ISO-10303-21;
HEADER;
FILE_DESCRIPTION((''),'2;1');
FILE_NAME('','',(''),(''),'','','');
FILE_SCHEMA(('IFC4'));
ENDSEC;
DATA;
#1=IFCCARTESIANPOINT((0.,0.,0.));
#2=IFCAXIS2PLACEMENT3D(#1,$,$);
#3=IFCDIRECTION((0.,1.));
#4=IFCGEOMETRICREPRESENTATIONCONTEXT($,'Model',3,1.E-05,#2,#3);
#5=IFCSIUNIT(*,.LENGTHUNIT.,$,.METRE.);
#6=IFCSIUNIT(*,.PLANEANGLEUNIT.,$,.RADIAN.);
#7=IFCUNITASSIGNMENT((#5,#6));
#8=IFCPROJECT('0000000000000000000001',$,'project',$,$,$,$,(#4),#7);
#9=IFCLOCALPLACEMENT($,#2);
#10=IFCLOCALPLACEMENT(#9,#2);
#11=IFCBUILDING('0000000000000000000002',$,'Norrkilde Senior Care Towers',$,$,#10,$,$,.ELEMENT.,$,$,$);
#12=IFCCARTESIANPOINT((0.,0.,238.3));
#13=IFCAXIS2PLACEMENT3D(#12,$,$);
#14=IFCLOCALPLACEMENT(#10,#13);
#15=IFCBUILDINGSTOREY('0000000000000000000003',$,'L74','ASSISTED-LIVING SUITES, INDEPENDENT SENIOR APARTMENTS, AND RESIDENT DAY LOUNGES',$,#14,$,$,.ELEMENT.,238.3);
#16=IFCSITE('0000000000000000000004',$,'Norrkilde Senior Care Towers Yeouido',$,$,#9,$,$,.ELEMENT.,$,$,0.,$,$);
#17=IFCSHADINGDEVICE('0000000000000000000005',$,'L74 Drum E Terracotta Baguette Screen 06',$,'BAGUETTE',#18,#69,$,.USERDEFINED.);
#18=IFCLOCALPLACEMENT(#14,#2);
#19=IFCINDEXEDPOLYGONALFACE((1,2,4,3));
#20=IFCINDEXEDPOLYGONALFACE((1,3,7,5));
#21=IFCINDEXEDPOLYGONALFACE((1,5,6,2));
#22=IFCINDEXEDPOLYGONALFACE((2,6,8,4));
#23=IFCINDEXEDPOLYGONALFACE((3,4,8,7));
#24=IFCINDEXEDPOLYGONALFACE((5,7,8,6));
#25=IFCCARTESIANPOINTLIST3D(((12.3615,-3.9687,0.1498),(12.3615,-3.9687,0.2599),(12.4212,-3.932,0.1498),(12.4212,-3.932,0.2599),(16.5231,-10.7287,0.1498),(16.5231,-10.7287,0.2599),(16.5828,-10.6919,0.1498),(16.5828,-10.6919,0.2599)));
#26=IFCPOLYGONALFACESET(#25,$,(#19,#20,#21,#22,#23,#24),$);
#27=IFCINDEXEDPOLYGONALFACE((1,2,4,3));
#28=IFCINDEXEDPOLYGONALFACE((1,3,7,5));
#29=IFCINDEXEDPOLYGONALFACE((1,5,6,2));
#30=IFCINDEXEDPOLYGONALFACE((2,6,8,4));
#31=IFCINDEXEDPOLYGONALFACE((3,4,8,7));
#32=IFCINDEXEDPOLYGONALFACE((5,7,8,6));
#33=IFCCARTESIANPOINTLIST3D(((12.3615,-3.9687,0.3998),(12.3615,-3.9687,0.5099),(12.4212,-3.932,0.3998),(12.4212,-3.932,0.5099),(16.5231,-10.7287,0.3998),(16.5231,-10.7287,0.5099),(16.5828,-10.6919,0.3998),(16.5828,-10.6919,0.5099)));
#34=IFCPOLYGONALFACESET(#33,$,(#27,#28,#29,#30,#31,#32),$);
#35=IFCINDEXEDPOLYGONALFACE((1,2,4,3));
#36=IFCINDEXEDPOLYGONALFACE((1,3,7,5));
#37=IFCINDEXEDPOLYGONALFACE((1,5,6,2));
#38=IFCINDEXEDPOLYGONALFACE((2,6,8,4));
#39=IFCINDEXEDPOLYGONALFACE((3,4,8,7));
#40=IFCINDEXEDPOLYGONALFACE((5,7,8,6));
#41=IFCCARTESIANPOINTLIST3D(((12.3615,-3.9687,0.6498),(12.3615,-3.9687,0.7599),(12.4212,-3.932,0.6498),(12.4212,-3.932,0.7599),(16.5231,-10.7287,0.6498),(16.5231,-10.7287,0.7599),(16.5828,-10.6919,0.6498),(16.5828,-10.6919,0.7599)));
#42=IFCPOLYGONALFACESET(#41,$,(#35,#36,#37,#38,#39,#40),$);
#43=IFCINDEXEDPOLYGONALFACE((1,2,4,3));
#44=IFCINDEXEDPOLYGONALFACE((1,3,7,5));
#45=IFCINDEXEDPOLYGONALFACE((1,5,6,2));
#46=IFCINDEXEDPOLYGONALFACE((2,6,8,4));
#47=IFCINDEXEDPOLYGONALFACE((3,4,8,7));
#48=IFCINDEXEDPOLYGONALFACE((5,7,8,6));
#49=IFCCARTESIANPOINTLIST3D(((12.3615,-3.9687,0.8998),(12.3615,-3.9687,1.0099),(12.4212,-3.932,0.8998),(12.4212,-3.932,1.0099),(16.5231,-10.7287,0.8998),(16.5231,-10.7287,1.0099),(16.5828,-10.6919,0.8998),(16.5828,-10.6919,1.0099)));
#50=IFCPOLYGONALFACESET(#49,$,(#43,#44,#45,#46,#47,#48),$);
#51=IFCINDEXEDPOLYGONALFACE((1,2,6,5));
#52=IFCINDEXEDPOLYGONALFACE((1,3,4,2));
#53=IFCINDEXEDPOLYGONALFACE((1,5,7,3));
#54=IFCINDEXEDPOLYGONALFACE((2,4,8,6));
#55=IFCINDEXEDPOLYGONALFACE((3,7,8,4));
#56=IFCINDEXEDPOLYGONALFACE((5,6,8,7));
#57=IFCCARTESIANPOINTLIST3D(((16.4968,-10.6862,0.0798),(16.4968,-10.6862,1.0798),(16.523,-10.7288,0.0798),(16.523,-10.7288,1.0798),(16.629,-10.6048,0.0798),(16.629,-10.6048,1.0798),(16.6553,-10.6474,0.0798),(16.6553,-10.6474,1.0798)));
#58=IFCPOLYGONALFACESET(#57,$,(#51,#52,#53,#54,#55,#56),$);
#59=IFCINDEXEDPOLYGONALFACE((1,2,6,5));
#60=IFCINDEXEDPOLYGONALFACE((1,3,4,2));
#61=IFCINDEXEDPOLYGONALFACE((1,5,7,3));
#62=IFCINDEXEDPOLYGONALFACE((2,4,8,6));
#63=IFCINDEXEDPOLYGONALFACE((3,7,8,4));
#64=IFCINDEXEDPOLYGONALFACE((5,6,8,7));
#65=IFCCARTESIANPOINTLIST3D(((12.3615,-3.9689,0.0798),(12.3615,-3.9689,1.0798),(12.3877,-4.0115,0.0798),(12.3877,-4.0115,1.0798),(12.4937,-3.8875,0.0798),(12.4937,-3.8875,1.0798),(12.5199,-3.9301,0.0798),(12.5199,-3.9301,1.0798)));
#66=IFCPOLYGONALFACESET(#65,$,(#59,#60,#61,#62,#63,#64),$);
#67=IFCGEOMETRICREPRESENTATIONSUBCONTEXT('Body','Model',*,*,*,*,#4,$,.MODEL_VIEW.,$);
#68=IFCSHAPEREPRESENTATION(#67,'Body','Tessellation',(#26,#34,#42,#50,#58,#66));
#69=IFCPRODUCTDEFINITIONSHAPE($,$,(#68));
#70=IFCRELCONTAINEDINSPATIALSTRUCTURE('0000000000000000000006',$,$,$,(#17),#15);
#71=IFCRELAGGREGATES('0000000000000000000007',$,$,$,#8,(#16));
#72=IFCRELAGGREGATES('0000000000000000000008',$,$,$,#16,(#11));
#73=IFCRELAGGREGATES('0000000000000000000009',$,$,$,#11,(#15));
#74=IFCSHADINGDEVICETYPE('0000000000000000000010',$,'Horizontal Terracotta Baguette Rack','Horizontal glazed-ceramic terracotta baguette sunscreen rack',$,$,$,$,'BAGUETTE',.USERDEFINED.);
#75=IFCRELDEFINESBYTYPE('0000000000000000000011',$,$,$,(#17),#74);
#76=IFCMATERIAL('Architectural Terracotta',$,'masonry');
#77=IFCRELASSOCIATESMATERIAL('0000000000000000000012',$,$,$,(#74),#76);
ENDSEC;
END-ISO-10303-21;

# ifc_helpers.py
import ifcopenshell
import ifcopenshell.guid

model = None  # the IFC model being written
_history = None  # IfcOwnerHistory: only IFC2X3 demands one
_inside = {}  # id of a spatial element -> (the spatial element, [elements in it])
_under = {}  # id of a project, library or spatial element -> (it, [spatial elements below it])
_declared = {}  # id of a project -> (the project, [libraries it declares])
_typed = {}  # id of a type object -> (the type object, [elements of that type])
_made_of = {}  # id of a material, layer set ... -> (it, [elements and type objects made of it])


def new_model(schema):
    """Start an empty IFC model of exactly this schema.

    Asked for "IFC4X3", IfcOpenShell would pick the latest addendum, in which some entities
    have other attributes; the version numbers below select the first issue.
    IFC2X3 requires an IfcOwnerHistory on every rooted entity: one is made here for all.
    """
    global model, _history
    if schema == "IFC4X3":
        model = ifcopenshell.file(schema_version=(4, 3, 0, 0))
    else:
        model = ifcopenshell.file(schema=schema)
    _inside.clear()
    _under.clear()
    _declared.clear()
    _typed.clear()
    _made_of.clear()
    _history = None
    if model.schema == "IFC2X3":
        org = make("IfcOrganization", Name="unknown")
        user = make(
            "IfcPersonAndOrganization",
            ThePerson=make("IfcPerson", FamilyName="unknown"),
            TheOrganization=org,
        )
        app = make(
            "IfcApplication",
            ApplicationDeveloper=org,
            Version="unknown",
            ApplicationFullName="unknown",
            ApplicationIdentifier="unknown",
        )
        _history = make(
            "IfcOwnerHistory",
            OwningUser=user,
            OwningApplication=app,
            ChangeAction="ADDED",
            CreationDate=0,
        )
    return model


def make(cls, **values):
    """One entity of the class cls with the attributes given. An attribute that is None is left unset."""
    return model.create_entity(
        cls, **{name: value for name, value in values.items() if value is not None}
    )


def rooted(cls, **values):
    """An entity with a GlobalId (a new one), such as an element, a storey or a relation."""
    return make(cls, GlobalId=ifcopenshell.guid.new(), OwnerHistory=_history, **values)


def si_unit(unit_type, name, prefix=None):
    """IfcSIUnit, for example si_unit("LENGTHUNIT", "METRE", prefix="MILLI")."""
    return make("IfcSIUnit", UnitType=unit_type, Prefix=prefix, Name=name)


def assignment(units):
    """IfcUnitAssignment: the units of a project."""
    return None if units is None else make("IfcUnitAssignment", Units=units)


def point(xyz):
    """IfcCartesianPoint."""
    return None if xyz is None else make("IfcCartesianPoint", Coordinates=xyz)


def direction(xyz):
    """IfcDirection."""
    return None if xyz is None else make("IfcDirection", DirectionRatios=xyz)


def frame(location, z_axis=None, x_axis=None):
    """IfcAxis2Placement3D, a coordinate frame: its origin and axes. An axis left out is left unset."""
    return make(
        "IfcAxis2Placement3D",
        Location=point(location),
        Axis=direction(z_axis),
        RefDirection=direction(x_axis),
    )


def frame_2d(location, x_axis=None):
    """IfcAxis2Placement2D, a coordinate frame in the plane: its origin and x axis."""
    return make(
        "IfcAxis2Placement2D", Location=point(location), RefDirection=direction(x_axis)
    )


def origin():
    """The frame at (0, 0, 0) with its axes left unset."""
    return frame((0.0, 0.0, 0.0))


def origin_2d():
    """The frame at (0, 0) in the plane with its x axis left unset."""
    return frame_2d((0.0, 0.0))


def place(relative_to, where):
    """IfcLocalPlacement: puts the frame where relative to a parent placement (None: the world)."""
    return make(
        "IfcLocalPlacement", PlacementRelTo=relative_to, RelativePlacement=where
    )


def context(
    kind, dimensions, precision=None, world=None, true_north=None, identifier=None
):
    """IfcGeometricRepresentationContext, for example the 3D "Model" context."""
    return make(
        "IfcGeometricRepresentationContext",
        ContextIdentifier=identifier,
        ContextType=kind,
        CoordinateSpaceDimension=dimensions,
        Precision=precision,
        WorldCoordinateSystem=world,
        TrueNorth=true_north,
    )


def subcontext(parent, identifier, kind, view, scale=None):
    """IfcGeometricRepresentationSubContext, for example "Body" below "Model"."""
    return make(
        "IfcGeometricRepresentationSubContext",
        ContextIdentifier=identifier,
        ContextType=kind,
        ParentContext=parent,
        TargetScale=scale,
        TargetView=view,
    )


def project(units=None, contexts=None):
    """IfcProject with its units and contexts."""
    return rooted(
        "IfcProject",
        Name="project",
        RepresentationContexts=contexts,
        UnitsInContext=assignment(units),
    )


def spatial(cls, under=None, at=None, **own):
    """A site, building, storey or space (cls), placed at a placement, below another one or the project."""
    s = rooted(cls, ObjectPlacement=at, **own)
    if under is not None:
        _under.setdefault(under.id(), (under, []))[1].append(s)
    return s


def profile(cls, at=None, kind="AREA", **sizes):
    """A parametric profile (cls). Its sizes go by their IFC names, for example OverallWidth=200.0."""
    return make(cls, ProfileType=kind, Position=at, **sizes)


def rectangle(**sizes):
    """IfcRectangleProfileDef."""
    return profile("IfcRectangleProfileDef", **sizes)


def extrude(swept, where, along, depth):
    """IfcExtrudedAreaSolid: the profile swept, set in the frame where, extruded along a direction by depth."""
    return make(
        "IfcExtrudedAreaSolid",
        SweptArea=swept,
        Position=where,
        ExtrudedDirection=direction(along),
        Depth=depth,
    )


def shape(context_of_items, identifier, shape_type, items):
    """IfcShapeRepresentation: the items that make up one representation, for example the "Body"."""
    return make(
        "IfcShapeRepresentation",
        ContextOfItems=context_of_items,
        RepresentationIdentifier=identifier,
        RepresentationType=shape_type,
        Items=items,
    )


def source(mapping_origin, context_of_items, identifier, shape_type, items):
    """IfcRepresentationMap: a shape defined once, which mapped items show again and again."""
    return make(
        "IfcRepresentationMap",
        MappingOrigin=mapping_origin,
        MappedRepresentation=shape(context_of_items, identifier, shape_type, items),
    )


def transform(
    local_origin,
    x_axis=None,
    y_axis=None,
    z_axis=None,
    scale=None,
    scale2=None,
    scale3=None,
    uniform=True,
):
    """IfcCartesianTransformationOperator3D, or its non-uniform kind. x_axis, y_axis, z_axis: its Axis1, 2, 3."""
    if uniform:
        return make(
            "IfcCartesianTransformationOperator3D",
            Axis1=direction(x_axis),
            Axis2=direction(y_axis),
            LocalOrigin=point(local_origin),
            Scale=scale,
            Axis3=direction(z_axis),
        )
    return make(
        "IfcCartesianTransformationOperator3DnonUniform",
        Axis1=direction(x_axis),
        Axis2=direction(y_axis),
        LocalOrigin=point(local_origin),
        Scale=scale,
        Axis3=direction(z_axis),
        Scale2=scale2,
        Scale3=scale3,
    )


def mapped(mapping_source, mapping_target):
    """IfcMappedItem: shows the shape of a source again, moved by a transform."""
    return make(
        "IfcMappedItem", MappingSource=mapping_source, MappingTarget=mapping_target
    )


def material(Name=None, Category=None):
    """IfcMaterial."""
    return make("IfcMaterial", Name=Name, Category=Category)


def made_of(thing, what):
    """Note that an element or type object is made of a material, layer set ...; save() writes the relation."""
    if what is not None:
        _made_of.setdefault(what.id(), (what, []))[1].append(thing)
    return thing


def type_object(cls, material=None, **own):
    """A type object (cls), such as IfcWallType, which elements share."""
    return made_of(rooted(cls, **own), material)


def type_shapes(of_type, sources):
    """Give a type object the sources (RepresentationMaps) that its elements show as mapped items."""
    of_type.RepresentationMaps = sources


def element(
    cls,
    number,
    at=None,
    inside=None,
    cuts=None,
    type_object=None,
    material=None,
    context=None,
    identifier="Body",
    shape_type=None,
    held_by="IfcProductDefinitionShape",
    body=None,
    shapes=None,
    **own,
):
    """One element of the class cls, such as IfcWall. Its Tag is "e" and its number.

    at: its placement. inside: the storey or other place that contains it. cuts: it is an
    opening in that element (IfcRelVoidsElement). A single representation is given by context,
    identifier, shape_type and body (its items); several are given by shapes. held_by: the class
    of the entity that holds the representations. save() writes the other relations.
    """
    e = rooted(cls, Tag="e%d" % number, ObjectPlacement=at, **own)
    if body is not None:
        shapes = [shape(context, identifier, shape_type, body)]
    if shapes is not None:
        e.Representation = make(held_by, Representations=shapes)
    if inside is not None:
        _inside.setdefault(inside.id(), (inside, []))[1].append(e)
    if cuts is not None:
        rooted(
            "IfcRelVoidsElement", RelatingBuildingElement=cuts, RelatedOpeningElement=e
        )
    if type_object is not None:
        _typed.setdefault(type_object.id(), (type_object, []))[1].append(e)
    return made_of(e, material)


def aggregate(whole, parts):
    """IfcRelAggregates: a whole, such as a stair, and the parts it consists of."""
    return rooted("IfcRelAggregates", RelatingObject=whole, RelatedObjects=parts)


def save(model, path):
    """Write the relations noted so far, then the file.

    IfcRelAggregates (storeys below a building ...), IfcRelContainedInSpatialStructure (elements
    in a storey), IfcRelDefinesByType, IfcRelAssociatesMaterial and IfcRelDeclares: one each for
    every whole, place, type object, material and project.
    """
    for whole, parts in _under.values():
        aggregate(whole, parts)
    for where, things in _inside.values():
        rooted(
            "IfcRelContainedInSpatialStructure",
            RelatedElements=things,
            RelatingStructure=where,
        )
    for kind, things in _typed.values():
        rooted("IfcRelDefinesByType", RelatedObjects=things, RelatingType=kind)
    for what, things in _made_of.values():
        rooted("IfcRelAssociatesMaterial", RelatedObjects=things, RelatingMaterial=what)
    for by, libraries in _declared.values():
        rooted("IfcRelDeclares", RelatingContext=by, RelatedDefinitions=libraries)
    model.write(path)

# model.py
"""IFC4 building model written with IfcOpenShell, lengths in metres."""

from ifc_helpers import new_model, si_unit, direction, frame, origin, origin_2d, place, context, subcontext, project, spatial, rectangle, extrude, source, transform, mapped, material, type_object, type_shapes, element, save


model = new_model("IFC4")

# Units and contexts
model_context = context("Model", 3, precision=1e-05, world=origin(), true_north=direction((0.0, 1.0)))
body_context = subcontext(model_context, "Body", "Model", "MODEL_VIEW")
ifc_project = project(units=[si_unit("LENGTHUNIT", "METRE"), si_unit("PLANEANGLEUNIT", "RADIAN")], contexts=[model_context])

# Site, building, storey
site_placement = place(None, origin())
site = spatial("IfcSite", under=ifc_project, at=site_placement, Name="Norrkilde Senior Care Towers Yeouido", CompositionType="ELEMENT", RefElevation=0.0)
building_placement = place(site_placement, origin())
building = spatial("IfcBuilding", under=site, at=building_placement, Name="Norrkilde Senior Care Towers", CompositionType="ELEMENT")
storey_placement = place(building_placement, frame((0.0, 0.0, 238.3)))
storey = spatial("IfcBuildingStorey", under=building, at=storey_placement, Name="L74", Description="ASSISTED-LIVING SUITES, INDEPENDENT SENIOR APARTMENTS, AND RESIDENT DAY LOUNGES", CompositionType="ELEMENT", Elevation=238.3)

# Shading device
ifc_material_1 = material(Name="Architectural Terracotta", Category="masonry")
shading_device_type = type_object("IfcShadingDeviceType", Name="Horizontal Terracotta Baguette Rack", Description="Horizontal glazed-ceramic terracotta baguette sunscreen rack", ElementType="BAGUETTE", PredefinedType="USERDEFINED", material=ifc_material_1)
shared_shape_1 = source(origin(), body_context, "Body", "SweptSolid", [
    extrude(rectangle(XDim=0.0701, YDim=0.1101, at=origin_2d()), frame((0.0, 0.0901, 0.125), z_axis=(1.0, 0.0, 0.0), x_axis=(0.0, 1.0, 0.0)), (0.0, 0.0, 1.0), 7.9382),
    extrude(rectangle(XDim=0.0701, YDim=0.1101, at=origin_2d()), frame((0.0, 0.0901, 0.375), z_axis=(1.0, 0.0, 0.0), x_axis=(0.0, 1.0, 0.0)), (0.0, 0.0, 1.0), 7.9382),
    extrude(rectangle(XDim=0.0701, YDim=0.1101, at=origin_2d()), frame((0.0, 0.0901, 0.625), z_axis=(1.0, 0.0, 0.0), x_axis=(0.0, 1.0, 0.0)), (0.0, 0.0, 1.0), 7.9382),
    extrude(rectangle(XDim=0.0701, YDim=0.1101, at=origin_2d()), frame((0.0, 0.0901, 0.875), z_axis=(1.0, 0.0, 0.0), x_axis=(0.0, 1.0, 0.0)), (0.0, 0.0, 1.0), 7.9382),
    extrude(rectangle(XDim=0.05, YDim=0.1553, at=origin_2d()), frame((0.0249, 0.0476, 0.0)), (0.0, 0.0, 1.0), 1.0),
    extrude(rectangle(XDim=0.05, YDim=0.1553, at=origin_2d()), frame((7.9131, 0.0476, 0.0)), (0.0, 0.0, 1.0), 1.0),
])
type_shapes(shading_device_type, [shared_shape_1])
shading_device_placement = place(storey_placement, frame((16.6296, -10.6631, 0.0798), z_axis=(0.0, 0.0, 1.0), x_axis=(-0.52425, 0.851576, 0.0)))
element("IfcShadingDevice", 1, at=shading_device_placement, inside=storey, type_object=shading_device_type, Name="L74 Drum E Terracotta Baguette Screen 06", ObjectType="BAGUETTE", PredefinedType="USERDEFINED", context=body_context, shape_type="MappedRepresentation", body=[
    mapped(shared_shape_1, transform((0.0, 0.0, 0.0), x_axis=(1.0, 0.0, 0.0), y_axis=(0.0, 1.0, 0.0), z_axis=(0.0, 0.0, 1.0), scale=1.0)),
])

save(model, "model.ifc")
